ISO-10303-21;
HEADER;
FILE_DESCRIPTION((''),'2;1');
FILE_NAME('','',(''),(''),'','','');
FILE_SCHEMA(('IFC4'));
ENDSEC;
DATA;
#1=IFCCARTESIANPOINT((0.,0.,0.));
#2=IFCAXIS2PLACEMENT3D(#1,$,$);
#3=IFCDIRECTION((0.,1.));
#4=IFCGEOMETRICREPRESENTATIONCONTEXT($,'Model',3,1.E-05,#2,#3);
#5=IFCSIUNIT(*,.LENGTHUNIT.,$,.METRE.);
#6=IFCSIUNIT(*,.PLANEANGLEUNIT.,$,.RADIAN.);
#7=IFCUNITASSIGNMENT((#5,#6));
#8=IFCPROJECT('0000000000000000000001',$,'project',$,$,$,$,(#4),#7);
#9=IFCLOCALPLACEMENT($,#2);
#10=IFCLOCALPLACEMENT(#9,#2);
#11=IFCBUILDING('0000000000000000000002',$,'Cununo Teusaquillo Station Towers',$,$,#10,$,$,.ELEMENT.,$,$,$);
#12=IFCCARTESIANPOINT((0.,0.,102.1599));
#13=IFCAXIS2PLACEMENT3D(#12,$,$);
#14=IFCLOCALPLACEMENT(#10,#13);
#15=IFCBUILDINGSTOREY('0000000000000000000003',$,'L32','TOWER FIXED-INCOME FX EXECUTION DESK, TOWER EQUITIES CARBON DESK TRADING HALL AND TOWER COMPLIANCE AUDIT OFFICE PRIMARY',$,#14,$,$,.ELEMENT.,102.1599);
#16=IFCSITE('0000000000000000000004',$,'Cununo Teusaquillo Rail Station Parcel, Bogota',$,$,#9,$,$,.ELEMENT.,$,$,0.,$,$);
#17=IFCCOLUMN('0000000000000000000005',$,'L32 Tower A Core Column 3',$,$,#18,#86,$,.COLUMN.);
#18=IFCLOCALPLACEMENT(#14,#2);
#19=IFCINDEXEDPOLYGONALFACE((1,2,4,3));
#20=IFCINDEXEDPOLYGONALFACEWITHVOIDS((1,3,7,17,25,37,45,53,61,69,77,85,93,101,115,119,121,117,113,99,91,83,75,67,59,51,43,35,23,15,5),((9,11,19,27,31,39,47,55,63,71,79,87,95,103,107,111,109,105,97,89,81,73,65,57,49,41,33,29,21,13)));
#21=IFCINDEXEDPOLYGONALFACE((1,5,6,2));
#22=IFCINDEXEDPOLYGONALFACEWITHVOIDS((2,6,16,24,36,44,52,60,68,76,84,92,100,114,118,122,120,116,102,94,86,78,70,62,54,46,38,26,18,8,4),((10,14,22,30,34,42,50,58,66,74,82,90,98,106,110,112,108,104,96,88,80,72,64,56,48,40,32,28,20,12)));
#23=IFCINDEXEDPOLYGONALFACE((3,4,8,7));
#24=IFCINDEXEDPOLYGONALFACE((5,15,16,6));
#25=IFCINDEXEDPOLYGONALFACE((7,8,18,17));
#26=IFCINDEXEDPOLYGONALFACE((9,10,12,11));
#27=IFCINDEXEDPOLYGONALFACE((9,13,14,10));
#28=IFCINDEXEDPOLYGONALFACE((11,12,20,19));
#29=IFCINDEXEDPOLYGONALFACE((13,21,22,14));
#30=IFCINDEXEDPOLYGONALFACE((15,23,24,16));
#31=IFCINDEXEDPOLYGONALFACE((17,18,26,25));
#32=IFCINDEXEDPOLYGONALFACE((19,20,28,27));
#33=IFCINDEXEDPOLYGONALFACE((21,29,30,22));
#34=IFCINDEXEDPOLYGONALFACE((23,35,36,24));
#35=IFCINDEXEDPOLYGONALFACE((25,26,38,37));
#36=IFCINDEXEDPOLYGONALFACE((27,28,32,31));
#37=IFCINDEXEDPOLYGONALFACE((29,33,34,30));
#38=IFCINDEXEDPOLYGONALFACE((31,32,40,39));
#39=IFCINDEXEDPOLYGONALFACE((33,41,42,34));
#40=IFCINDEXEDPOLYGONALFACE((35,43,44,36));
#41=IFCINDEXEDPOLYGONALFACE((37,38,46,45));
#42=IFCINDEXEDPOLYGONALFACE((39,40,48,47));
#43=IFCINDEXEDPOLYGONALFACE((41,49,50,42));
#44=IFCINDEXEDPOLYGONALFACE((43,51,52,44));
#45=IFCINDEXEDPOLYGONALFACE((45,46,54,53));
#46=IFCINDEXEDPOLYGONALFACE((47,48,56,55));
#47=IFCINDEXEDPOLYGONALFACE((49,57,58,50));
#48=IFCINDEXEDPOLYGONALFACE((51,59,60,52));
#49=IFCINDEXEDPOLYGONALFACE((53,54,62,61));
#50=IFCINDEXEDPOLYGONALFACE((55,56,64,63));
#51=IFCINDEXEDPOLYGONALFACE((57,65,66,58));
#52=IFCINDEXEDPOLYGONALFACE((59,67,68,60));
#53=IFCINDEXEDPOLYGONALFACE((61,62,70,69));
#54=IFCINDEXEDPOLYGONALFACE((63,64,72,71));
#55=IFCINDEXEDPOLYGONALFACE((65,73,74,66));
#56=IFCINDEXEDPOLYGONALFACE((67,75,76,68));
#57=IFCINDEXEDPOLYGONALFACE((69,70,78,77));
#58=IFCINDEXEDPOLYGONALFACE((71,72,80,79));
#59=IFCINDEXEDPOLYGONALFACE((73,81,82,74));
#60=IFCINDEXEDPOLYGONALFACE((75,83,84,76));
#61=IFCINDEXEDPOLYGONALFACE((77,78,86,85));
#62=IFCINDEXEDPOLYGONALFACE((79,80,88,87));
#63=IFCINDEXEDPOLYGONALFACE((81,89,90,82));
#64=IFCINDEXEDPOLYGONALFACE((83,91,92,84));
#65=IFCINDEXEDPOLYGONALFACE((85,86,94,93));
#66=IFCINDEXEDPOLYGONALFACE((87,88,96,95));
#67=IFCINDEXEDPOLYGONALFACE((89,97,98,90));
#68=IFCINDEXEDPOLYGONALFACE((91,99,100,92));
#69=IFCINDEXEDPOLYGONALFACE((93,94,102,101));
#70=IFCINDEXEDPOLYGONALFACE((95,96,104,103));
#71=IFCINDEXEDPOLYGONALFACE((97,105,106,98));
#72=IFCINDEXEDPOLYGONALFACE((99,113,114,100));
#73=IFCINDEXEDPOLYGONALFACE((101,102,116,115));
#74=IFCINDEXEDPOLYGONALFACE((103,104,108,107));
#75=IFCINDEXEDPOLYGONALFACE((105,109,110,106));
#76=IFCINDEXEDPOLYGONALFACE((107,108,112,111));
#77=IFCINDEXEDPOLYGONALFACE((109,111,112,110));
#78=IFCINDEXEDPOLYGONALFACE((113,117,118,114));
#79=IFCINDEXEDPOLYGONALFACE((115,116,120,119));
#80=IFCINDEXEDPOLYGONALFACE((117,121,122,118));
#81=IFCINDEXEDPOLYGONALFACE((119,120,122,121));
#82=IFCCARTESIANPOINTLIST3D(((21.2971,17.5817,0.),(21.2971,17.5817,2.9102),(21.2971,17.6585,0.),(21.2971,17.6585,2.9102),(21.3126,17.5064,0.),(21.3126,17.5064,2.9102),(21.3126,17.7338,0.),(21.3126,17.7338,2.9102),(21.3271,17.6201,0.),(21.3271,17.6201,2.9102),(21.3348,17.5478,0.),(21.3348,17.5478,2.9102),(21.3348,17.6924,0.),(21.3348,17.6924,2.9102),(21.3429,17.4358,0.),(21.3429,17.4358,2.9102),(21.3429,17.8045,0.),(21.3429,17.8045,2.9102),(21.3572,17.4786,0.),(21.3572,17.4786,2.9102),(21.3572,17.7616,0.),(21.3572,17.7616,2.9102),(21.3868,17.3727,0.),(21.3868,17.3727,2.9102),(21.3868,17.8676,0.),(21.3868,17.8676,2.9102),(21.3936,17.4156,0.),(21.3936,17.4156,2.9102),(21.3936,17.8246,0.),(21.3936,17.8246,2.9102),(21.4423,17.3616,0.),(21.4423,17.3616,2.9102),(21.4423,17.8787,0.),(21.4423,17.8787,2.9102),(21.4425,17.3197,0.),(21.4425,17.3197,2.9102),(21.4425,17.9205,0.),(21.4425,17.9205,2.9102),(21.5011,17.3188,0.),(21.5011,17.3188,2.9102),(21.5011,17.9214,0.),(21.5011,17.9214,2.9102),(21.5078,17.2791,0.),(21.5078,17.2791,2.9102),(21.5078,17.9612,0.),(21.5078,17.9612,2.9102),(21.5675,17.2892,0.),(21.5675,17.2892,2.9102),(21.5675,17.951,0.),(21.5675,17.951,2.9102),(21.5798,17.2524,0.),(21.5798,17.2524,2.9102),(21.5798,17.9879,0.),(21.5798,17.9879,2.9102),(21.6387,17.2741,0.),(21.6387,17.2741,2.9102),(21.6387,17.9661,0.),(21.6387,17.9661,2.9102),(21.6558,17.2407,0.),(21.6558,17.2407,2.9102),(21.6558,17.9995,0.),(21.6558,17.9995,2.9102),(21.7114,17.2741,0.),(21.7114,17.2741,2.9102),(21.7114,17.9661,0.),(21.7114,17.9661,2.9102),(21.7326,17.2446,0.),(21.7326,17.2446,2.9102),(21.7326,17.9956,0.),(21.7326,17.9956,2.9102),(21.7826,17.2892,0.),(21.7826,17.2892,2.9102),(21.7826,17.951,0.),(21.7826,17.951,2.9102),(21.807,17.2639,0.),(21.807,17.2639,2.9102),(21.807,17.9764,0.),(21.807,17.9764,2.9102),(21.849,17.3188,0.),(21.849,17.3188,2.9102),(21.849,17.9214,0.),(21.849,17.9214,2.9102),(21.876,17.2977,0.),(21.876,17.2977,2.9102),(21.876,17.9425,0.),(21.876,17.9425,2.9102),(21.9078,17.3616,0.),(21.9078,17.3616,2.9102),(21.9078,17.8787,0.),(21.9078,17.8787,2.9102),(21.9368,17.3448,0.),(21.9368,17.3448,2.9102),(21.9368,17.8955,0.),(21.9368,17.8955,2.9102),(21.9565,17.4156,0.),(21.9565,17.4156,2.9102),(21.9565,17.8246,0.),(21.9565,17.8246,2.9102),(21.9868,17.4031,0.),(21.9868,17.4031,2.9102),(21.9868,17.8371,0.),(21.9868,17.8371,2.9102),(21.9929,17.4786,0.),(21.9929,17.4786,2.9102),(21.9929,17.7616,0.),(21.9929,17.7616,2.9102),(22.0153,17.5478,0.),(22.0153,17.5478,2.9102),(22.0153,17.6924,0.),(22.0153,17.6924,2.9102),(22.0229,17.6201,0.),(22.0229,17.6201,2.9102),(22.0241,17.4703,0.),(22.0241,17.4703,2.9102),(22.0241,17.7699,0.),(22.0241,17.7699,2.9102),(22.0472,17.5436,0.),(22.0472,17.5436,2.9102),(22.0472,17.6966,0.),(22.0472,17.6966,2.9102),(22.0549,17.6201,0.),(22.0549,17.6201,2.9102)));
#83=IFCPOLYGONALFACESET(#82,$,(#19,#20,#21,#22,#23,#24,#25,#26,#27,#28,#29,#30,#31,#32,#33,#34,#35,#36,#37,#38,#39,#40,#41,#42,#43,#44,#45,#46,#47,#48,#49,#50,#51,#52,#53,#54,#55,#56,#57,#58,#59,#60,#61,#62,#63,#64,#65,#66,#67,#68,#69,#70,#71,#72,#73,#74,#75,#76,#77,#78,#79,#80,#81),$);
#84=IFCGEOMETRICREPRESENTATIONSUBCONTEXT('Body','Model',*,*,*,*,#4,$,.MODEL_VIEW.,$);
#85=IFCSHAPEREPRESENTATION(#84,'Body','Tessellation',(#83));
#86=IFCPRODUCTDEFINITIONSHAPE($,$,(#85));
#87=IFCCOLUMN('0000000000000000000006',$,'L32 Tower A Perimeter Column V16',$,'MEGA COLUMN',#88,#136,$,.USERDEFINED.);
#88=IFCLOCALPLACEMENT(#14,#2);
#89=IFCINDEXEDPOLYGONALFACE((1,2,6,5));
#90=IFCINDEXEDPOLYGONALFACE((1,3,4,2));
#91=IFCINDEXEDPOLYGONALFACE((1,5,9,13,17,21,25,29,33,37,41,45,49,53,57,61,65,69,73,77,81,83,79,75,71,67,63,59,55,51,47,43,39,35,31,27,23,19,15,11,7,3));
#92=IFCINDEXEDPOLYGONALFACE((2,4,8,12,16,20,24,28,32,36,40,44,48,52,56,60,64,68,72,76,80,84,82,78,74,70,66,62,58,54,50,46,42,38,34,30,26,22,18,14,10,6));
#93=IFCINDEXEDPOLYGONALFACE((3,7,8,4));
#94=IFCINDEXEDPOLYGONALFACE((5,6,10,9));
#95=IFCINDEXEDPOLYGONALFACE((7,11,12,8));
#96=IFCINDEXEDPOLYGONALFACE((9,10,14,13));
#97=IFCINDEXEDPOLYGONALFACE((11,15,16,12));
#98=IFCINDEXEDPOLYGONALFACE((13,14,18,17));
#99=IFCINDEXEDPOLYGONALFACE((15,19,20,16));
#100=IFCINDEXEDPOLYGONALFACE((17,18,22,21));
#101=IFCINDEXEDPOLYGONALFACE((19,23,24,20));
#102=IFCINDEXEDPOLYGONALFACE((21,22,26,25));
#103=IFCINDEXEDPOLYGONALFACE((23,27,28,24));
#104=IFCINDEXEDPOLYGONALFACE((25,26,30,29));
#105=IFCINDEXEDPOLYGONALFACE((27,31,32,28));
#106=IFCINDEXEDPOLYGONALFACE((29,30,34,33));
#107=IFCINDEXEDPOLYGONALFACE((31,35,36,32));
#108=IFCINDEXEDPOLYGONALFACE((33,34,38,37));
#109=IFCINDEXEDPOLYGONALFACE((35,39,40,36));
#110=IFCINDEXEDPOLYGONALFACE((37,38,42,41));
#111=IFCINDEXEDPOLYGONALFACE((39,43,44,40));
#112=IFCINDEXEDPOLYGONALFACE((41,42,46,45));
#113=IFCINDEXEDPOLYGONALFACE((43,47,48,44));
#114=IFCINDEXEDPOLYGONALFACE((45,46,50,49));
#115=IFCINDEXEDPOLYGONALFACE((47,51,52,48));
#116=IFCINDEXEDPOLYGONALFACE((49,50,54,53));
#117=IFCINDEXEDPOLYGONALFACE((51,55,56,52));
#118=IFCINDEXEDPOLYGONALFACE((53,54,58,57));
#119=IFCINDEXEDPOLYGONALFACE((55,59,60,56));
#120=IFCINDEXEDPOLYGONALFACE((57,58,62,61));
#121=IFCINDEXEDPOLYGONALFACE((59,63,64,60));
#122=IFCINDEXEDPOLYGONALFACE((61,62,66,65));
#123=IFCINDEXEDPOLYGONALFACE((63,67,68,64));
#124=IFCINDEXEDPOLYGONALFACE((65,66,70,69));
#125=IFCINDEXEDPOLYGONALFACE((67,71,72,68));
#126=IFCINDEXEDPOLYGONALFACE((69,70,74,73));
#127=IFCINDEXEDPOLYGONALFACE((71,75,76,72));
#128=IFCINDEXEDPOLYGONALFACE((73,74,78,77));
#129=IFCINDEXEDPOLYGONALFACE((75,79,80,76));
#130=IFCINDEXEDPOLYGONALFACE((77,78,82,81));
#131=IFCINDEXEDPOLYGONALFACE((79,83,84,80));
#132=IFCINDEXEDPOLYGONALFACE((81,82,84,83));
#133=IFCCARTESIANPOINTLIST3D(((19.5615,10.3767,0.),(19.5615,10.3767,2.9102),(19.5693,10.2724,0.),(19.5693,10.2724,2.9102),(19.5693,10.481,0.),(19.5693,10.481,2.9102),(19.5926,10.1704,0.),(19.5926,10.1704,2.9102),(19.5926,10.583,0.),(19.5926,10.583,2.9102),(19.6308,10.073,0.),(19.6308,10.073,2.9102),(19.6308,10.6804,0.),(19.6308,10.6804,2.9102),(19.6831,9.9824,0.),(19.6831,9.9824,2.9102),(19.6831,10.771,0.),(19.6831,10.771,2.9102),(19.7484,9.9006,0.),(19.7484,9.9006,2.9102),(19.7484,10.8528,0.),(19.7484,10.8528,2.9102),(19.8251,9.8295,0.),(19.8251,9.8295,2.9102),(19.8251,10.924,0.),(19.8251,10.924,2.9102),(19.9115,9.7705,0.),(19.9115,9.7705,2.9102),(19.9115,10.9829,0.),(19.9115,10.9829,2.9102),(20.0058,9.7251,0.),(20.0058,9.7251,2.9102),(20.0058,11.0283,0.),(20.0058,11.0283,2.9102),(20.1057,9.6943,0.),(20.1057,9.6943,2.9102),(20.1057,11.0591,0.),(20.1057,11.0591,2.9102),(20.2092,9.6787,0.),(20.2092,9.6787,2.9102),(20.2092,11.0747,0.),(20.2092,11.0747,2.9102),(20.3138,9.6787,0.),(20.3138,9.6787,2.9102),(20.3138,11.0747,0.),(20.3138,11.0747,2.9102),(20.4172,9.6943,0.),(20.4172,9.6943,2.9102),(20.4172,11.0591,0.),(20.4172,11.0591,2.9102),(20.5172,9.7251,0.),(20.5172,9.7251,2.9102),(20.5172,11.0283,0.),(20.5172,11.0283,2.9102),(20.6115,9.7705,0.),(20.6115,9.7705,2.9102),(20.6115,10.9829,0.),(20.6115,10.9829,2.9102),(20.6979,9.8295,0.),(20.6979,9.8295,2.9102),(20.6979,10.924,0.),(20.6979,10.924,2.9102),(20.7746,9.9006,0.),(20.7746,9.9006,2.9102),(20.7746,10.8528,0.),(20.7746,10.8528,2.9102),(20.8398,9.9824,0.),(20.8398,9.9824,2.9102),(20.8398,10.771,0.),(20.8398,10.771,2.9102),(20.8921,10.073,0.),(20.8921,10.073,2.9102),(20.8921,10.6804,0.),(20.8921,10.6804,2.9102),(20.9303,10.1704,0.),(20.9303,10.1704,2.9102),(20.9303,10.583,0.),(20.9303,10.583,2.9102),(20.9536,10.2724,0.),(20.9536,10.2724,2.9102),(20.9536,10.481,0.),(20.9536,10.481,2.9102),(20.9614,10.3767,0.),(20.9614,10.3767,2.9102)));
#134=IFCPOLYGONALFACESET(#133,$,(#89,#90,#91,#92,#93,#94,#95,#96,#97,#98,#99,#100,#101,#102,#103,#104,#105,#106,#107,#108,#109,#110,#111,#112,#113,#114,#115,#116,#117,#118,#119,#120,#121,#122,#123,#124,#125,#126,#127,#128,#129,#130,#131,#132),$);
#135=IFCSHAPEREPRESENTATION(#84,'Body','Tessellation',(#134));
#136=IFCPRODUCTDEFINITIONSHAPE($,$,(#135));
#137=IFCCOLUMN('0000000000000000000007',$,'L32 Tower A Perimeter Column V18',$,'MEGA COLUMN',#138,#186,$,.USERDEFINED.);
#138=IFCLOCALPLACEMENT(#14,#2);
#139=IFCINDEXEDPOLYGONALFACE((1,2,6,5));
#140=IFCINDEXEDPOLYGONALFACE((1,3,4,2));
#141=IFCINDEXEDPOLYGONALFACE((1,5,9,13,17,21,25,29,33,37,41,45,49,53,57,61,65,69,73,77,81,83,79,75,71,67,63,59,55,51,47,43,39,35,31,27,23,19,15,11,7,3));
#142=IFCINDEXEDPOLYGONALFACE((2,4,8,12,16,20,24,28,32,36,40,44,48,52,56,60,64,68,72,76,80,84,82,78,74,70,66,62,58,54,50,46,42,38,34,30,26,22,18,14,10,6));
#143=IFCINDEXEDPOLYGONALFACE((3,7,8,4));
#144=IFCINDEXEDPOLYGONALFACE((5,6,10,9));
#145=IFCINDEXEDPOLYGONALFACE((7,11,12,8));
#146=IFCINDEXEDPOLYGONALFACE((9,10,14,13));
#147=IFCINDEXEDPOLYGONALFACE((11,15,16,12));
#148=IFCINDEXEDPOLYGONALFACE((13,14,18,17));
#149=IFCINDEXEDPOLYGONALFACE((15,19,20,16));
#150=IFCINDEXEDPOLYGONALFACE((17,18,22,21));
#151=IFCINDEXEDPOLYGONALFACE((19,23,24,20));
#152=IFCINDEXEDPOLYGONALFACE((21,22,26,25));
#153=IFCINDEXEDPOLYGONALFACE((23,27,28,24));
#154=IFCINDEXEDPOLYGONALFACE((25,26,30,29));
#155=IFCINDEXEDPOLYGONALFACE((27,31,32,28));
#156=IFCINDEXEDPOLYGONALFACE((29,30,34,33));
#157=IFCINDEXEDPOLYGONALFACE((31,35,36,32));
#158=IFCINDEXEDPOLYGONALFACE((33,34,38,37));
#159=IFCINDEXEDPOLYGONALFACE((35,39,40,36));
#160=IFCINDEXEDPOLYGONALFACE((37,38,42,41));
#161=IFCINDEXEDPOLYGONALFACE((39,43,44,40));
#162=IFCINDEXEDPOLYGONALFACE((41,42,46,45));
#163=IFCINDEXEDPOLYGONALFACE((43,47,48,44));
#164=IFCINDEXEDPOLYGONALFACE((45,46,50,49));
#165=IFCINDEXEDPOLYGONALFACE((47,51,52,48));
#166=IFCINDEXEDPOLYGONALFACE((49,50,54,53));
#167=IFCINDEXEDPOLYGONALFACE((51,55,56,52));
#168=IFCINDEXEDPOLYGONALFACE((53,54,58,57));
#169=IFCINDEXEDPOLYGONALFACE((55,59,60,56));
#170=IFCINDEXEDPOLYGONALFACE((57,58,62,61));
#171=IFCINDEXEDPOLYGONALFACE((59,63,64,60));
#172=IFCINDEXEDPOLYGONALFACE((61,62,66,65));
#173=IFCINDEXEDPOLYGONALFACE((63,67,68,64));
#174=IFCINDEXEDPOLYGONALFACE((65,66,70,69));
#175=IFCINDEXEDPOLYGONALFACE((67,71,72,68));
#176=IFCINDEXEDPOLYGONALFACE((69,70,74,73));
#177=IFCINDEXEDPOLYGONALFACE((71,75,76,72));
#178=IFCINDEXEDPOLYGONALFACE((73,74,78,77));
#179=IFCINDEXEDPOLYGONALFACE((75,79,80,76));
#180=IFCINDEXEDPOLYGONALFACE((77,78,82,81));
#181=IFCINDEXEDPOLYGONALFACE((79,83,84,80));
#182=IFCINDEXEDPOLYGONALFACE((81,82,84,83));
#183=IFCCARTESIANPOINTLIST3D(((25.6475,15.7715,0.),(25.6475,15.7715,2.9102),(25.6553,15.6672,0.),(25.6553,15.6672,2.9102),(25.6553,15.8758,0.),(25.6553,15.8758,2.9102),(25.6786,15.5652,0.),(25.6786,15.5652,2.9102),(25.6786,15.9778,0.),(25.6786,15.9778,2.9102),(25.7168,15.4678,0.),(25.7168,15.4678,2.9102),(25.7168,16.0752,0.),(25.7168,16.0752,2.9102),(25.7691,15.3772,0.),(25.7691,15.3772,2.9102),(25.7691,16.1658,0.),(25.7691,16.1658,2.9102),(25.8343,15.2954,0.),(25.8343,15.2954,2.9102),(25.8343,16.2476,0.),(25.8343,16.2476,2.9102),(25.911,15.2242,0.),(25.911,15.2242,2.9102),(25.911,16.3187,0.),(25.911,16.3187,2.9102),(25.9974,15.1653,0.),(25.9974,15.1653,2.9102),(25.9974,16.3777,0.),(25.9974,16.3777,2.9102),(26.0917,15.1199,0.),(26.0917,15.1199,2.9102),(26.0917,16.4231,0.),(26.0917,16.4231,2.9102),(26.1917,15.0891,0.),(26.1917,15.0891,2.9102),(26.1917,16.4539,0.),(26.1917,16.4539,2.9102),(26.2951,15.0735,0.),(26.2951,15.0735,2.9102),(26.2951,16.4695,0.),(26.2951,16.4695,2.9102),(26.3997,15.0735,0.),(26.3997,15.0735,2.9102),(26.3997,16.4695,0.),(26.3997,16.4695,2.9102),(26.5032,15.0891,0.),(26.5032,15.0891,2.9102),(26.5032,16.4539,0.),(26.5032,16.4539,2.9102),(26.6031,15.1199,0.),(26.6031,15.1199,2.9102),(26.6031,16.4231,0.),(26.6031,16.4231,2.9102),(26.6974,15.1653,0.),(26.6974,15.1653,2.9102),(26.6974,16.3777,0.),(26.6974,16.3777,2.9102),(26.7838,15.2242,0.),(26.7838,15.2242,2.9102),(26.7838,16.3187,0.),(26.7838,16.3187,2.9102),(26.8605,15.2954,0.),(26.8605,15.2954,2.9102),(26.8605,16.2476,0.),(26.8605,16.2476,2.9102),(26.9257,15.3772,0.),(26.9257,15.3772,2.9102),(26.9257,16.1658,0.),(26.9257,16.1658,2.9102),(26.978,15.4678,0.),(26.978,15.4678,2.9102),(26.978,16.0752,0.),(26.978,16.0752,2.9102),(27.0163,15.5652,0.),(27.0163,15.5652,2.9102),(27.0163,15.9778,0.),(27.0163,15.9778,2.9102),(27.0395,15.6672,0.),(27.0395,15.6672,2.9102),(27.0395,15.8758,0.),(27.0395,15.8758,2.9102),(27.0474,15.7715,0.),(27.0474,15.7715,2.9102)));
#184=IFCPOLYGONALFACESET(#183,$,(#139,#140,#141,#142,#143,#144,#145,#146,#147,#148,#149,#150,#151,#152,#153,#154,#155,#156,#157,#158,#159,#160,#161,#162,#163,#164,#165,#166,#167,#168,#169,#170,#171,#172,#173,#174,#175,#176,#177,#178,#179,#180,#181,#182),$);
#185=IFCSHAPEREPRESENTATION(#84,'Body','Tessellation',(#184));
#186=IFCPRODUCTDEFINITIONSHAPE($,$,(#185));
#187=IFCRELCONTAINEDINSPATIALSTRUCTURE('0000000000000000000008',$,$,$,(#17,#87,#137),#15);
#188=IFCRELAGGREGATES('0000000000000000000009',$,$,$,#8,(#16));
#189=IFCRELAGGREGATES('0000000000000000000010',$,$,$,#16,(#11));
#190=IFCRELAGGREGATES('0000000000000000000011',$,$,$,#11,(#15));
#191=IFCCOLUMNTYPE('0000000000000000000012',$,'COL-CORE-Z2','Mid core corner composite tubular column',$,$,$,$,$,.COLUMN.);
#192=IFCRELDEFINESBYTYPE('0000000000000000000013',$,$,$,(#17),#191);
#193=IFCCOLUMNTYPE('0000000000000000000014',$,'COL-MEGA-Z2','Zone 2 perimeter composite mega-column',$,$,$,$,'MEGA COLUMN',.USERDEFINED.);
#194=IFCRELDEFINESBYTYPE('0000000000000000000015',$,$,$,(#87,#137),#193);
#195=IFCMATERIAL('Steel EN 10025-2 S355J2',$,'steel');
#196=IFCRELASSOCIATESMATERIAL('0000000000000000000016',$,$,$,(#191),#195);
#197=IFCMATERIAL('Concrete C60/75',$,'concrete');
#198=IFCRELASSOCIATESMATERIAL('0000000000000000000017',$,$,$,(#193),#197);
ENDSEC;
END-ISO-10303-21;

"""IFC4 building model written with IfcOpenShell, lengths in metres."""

from ifc_helpers import new_model, si_unit, direction, frame, origin, origin_2d, place, context, subcontext, project, spatial, circle, hollow_circle, extrude, material, material_profile, profile_set, type_object, element, save


model = new_model("IFC4")

# Units and contexts
model_context = context("Model", 3, precision=1e-05, world=origin(), true_north=direction((0.0, 1.0)))
body_context = subcontext(model_context, "Body", "Model", "MODEL_VIEW")
ifc_project = project(units=[si_unit("LENGTHUNIT", "METRE"), si_unit("PLANEANGLEUNIT", "RADIAN")], contexts=[model_context])

# Site, building, storey
site_placement = place(None, origin())
site = spatial("IfcSite", under=ifc_project, at=site_placement, Name="Cununo Teusaquillo Rail Station Parcel, Bogota", CompositionType="ELEMENT", RefElevation=0.0)
building_placement = place(site_placement, origin())
building = spatial("IfcBuilding", under=site, at=building_placement, Name="Cununo Teusaquillo Station Towers", CompositionType="ELEMENT")
storey_placement = place(building_placement, frame((0.0, 0.0, 102.1599)))
storey = spatial("IfcBuildingStorey", under=building, at=storey_placement, Name="L32", Description="TOWER FIXED-INCOME FX EXECUTION DESK, TOWER EQUITIES CARBON DESK TRADING HALL AND TOWER COMPLIANCE AUDIT OFFICE PRIMARY", CompositionType="ELEMENT", Elevation=102.1599)

# Columns
ifc_material_1 = material(Name="Steel EN 10025-2 S355J2", Category="steel")
ifc_material_profile_1 = material_profile(ifc_material_1, hollow_circle(Radius=0.3799, WallThickness=0.032, at=origin_2d()), Name="CHS 760x32")
ifc_profile_set_1 = profile_set([ifc_material_profile_1], Name="Steel EN 10025-2 S355J2")
column_type_1 = type_object("IfcColumnType", Name="COL-CORE-Z2", Description="Mid core corner composite tubular column", PredefinedType="COLUMN", material=ifc_profile_set_1)
column_placement = place(storey_placement, frame((21.675, 17.6201, 0.0), z_axis=(0.0, 0.0, 1.0), x_axis=(1.0, 0.0, 0.0)))
element("IfcColumn", 1, at=column_placement, inside=storey, type_object=column_type_1, Name="L32 Tower A Core Column 3", PredefinedType="COLUMN", context=body_context, shape_type="SweptSolid", body=[
    extrude(hollow_circle(Radius=0.3799, WallThickness=0.032, at=origin_2d()), origin(), (0.0, 0.0, 1.0), 2.9102),
])
ifc_material_2 = material(Name="Concrete C60/75", Category="concrete")
ifc_material_profile_2 = material_profile(ifc_material_2, circle(Radius=0.7, at=origin_2d()), Name="RC-CIRC-1400")
ifc_profile_set_2 = profile_set([ifc_material_profile_2], Name="Concrete C60/75")
column_type_2 = type_object("IfcColumnType", Name="COL-MEGA-Z2", Description="Zone 2 perimeter composite mega-column", ElementType="MEGA COLUMN", PredefinedType="USERDEFINED", material=ifc_profile_set_2)
for number, where, z_axis, x_axis, name in (
    (2, (20.2615, 10.3767, 0.0), (0.0, 0.0, 1.0), (1.0, 0.0, 0.0), "L32 Tower A Perimeter Column V16"),
    (3, (26.3474, 15.7715, 0.0), (0.0, 0.0, 1.0), (1.0, 0.0, 0.0), "L32 Tower A Perimeter Column V18"),
):
    element("IfcColumn", number, at=place(storey_placement, frame(where, z_axis=z_axis, x_axis=x_axis)), inside=storey, type_object=column_type_2, Name=name, ObjectType="MEGA COLUMN", PredefinedType="USERDEFINED", context=body_context, shape_type="SweptSolid", body=[
        extrude(circle(Radius=0.7, at=origin_2d()), origin(), (0.0, 0.0, 1.0), 2.9102),
    ])

save(model, "model.ifc")
